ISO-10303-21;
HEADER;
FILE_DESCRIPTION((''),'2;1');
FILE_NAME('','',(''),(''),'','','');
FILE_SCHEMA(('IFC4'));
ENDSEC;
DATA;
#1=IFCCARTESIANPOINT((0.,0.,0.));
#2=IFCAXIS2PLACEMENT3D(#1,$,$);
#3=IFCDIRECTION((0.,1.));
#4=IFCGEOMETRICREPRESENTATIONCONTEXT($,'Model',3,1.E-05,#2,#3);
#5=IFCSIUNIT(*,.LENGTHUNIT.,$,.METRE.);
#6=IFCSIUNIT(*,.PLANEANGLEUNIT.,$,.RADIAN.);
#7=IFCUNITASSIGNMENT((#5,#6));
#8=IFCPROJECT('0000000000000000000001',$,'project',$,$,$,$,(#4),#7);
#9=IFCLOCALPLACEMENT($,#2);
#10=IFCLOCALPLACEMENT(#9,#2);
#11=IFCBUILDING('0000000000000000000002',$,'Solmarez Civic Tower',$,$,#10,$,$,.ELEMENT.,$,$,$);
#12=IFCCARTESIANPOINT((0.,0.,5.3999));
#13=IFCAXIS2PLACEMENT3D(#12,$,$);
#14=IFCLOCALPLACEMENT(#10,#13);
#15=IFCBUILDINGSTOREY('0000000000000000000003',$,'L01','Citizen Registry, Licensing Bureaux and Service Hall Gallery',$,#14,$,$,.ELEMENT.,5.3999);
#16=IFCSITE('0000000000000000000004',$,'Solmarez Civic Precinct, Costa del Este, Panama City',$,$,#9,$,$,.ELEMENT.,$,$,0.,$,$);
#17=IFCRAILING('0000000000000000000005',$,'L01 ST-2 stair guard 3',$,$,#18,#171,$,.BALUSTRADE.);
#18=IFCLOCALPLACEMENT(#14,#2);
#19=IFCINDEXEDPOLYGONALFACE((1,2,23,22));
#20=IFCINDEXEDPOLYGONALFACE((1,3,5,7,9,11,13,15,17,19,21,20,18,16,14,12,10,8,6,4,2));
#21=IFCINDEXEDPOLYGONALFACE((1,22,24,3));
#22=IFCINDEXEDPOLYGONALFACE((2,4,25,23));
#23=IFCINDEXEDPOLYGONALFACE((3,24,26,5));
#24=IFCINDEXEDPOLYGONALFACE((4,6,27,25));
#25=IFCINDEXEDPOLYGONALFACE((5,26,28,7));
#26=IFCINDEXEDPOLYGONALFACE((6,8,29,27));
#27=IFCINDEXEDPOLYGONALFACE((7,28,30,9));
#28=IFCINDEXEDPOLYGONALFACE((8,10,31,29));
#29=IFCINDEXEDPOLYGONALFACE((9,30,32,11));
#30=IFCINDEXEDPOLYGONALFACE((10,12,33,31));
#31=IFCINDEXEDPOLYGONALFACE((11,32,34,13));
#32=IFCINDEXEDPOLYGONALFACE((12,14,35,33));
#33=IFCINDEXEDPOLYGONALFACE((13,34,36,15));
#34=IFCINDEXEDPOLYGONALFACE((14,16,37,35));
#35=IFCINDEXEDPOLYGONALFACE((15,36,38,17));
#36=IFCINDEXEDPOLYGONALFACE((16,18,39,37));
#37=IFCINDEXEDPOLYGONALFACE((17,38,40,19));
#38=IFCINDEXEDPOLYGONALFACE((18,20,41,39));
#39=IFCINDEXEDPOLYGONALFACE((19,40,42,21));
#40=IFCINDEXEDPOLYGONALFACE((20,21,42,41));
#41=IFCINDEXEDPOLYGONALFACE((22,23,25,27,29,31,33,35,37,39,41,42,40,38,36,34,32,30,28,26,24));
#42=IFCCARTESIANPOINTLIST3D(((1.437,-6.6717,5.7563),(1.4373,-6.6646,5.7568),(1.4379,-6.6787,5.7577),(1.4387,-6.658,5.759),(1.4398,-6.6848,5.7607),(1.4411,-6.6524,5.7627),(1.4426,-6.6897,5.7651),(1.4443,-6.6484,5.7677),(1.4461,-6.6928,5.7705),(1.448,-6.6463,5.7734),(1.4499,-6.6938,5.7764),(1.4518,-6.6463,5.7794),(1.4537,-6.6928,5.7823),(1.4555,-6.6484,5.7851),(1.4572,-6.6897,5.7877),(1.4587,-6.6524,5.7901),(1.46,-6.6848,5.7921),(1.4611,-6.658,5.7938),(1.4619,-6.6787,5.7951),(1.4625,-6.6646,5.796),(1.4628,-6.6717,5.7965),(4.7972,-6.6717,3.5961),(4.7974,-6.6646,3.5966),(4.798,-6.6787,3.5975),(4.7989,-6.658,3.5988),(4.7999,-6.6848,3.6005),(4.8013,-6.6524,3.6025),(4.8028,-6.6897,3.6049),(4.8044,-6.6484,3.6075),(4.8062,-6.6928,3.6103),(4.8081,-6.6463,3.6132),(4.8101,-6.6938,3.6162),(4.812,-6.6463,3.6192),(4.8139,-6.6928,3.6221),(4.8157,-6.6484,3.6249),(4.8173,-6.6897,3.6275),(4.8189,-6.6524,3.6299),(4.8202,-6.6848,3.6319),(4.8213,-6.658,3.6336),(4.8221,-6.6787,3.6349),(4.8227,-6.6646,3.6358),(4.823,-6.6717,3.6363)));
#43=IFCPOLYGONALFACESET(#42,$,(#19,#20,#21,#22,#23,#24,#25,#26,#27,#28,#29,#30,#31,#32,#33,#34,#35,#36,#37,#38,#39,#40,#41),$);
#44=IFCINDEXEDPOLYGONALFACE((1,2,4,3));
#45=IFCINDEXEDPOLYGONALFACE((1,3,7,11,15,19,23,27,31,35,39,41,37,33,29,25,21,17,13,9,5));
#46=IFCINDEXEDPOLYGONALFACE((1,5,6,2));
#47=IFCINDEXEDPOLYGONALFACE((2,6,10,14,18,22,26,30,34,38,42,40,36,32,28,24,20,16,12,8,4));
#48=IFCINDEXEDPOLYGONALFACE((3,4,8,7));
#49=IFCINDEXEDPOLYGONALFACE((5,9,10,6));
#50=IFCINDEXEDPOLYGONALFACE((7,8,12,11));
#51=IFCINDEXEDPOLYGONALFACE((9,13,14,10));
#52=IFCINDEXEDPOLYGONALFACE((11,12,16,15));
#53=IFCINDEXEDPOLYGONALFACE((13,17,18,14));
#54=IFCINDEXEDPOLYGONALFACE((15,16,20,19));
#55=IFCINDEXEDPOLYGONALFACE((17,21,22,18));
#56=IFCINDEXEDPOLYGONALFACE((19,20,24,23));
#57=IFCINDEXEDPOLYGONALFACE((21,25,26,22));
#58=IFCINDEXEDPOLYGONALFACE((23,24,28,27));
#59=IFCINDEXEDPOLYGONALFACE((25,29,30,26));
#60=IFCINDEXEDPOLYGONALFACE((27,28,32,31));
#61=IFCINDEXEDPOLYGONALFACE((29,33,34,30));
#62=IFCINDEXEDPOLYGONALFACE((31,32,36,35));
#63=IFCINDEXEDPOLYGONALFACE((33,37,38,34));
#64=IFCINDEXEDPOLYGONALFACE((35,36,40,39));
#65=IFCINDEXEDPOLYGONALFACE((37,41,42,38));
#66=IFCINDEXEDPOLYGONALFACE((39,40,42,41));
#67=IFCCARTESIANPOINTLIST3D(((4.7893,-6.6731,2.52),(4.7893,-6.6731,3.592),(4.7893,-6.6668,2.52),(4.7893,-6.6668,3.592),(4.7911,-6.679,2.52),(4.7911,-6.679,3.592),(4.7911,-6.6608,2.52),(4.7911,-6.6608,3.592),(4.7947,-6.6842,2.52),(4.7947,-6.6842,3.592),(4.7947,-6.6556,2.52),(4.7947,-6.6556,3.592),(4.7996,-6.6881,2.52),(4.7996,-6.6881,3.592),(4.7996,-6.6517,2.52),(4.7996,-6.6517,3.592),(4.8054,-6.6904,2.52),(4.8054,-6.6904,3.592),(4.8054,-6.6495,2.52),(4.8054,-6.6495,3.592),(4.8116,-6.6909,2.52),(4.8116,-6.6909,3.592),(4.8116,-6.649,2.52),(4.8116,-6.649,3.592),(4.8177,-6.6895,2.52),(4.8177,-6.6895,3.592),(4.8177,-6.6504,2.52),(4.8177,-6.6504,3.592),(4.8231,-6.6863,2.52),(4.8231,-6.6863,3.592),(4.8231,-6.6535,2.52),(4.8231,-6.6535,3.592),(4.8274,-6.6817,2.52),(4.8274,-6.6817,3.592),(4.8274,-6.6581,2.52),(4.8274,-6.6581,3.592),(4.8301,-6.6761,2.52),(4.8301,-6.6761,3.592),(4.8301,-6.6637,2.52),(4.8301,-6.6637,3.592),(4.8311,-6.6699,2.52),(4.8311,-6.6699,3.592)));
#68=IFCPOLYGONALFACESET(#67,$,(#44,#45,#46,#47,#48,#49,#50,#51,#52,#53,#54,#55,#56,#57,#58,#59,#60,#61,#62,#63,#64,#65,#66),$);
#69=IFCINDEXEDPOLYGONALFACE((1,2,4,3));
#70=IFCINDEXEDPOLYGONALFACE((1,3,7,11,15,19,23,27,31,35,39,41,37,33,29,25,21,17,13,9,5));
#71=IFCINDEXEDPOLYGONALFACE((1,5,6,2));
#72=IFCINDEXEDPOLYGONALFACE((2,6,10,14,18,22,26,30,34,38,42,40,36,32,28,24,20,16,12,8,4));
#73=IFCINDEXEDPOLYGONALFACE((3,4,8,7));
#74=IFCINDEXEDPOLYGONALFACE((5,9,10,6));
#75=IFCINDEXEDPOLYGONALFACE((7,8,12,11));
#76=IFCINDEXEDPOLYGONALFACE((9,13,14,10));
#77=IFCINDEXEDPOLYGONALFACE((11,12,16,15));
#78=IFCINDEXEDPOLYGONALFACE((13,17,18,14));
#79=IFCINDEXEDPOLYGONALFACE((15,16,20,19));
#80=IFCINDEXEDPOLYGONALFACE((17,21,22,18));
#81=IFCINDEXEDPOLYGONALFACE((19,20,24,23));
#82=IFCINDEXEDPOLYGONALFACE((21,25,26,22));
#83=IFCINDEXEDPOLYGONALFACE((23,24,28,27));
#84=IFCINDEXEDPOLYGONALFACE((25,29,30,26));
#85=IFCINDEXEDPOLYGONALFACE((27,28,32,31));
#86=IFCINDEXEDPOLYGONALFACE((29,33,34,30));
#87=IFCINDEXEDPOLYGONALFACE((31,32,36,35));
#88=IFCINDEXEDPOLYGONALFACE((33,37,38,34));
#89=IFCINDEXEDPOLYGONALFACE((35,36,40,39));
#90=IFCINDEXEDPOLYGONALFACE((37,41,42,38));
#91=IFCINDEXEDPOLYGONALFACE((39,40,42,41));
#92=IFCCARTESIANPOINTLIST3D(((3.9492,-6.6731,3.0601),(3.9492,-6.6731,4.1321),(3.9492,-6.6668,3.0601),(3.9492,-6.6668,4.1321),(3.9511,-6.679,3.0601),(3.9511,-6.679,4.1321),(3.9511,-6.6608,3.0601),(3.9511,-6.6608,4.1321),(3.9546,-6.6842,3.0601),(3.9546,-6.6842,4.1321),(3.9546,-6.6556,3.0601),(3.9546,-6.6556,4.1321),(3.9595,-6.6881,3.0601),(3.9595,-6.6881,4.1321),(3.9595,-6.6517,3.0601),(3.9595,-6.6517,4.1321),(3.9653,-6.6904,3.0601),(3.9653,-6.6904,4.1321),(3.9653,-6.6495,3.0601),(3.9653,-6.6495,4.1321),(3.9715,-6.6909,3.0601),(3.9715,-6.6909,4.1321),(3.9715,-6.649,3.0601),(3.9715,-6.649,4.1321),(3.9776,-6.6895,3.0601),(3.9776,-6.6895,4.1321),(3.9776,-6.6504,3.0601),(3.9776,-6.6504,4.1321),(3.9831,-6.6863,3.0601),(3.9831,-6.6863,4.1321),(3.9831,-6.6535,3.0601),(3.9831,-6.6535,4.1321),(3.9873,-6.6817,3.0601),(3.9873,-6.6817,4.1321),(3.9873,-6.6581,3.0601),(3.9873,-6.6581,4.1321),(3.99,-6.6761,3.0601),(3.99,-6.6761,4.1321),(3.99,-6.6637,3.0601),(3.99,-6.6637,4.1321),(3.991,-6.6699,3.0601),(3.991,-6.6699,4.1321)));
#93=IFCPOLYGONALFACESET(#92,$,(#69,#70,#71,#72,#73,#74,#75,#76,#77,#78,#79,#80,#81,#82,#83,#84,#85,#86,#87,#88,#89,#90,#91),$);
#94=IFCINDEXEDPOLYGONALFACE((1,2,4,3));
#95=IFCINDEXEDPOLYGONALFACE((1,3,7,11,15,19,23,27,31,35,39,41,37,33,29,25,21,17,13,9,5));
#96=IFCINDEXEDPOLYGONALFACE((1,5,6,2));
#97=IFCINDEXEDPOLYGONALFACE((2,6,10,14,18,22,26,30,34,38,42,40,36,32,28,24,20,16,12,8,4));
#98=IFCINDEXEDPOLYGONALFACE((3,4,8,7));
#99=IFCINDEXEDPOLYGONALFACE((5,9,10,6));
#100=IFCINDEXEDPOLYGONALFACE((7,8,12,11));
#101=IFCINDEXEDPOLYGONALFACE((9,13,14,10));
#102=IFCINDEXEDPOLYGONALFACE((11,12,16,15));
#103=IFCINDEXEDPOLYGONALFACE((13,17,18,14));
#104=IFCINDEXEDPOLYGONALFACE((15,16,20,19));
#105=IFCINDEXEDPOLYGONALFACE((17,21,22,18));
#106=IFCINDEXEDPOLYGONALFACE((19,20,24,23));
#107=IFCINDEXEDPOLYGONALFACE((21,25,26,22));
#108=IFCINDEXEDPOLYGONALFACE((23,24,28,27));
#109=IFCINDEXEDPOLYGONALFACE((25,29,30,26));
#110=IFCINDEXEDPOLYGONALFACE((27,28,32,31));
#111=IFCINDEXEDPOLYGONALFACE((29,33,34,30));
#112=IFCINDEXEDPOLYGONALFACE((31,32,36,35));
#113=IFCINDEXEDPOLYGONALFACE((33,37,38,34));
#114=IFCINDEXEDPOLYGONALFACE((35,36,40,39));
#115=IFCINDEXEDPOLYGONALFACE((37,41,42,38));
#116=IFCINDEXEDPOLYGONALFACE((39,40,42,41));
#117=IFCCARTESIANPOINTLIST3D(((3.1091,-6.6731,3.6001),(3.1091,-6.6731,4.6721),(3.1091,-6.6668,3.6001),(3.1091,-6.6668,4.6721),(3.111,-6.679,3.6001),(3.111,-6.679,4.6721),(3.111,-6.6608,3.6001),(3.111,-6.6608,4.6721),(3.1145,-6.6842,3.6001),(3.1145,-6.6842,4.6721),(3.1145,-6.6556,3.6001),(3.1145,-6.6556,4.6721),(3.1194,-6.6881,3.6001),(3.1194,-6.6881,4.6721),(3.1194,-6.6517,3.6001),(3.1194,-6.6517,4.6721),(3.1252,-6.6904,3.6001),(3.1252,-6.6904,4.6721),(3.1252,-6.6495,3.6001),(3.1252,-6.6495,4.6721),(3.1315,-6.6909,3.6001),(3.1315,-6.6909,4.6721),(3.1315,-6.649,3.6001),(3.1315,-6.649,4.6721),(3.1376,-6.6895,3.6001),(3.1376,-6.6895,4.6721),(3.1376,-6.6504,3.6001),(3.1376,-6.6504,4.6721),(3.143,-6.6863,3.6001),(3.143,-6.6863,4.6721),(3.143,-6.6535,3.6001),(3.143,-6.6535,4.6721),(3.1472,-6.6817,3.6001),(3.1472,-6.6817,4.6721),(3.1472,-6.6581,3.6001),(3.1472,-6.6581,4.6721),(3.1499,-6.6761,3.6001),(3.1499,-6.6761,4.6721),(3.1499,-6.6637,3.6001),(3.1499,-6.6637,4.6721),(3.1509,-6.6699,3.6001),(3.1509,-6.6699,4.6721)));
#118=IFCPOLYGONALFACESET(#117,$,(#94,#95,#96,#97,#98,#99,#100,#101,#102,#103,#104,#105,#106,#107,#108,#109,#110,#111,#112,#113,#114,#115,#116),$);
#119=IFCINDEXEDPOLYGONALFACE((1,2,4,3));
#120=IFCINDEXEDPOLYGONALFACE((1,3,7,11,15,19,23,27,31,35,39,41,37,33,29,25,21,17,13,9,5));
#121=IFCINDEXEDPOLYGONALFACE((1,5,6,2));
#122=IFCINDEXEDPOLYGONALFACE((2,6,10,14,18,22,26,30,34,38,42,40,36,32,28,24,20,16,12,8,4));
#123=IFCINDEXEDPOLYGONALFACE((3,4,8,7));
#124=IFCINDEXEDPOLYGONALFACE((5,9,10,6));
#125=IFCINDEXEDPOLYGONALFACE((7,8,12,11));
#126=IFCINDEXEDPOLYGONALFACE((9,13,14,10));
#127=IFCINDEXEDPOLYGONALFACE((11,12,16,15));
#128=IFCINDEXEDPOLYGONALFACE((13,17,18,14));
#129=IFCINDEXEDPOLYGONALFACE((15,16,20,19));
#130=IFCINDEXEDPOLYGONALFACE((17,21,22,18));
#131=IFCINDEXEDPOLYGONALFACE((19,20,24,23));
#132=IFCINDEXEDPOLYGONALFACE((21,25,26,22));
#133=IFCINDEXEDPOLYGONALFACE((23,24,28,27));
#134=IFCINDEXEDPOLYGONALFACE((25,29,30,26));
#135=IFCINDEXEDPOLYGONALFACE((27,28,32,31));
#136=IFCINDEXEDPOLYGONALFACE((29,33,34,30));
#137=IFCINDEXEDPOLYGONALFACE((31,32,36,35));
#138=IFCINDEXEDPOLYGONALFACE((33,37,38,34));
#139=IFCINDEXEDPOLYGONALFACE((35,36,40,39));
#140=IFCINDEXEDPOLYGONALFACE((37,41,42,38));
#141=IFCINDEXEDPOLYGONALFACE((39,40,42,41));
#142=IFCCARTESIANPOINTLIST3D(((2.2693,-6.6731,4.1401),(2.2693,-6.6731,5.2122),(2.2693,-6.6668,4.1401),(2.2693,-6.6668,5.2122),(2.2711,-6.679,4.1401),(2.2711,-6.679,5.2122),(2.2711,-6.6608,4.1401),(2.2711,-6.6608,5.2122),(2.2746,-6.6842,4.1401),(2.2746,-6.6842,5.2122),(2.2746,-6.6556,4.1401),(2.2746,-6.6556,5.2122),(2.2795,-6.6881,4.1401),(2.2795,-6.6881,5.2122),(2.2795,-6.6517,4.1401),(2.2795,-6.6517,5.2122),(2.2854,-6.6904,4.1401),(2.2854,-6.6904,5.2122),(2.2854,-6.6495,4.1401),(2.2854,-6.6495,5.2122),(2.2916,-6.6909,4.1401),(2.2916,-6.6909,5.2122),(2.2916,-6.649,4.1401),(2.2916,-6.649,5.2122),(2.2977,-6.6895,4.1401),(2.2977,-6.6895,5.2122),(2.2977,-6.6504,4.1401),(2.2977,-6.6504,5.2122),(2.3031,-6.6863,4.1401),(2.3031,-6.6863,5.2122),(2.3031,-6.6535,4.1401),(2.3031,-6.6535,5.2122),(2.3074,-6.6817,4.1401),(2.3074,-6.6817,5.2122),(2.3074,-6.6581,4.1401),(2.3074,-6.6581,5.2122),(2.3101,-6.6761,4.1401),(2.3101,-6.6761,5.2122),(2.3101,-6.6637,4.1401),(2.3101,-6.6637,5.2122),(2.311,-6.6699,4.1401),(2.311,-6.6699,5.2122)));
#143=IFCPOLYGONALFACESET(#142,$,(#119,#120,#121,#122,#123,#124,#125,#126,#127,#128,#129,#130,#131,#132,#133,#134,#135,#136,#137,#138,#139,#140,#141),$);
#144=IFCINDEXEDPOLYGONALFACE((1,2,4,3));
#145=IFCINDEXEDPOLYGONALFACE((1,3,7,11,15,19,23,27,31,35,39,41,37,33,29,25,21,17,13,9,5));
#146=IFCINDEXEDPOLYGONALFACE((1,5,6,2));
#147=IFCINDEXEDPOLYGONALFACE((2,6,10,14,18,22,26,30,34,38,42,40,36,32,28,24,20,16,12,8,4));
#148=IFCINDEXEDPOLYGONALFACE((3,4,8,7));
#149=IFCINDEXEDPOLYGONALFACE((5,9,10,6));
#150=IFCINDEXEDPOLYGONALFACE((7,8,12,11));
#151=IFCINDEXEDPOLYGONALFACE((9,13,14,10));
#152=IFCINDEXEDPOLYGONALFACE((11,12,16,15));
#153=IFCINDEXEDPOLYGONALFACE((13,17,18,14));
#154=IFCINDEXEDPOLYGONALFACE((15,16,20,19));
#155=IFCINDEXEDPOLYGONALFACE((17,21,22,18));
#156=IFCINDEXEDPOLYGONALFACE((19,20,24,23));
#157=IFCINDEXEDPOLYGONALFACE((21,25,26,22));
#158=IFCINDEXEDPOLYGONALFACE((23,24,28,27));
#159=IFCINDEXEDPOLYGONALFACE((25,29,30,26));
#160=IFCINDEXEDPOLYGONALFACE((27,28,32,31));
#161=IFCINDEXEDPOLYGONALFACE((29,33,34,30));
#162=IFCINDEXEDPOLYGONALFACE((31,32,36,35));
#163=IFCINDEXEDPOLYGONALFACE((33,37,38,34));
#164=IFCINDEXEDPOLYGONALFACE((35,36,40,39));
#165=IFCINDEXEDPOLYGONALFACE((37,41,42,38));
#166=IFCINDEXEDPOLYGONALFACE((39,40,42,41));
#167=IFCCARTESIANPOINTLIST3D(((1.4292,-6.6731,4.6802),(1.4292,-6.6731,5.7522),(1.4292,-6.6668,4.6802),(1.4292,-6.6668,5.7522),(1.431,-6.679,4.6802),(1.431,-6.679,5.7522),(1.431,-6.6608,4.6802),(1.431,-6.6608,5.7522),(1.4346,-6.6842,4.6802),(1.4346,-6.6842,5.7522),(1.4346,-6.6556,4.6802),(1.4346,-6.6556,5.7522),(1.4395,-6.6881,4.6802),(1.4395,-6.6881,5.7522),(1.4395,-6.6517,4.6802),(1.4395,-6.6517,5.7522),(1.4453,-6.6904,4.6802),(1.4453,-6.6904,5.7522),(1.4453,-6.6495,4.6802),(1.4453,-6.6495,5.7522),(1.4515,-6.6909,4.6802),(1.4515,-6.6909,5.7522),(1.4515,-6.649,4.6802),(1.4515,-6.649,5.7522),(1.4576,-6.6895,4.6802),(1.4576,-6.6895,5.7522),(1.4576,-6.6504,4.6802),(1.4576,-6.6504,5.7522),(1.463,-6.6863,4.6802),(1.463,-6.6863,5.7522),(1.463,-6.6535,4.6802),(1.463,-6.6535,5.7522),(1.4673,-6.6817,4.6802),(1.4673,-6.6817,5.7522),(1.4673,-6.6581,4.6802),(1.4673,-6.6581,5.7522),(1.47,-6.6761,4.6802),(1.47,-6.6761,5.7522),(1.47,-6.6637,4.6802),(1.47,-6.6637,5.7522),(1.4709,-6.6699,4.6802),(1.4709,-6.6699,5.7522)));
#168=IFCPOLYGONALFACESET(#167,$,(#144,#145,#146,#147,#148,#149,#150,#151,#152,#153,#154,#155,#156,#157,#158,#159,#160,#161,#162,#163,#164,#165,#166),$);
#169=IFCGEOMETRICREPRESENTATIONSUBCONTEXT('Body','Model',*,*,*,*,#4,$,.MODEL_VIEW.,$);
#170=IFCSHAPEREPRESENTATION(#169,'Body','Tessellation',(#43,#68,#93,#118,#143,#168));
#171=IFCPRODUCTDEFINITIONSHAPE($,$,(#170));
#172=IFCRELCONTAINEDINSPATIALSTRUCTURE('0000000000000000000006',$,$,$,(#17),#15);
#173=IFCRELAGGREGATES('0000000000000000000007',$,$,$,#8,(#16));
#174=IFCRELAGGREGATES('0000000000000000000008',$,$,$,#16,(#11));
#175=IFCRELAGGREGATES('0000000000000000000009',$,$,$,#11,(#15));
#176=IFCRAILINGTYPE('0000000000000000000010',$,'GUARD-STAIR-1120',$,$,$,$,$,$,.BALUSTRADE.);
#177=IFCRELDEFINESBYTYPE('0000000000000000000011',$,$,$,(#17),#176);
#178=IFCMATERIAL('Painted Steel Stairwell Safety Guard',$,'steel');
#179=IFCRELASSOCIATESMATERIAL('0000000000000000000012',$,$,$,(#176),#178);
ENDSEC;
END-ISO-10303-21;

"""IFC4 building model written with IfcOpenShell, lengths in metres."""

from ifc_helpers import new_model, si_unit, direction, frame, origin, origin_2d, place, context, subcontext, project, spatial, circle, extrude, material, type_object, element, save


model = new_model("IFC4")

# Units and contexts
model_context = context("Model", 3, precision=1e-05, world=origin(), true_north=direction((0.0, 1.0)))
body_context = subcontext(model_context, "Body", "Model", "MODEL_VIEW")
ifc_project = project(units=[si_unit("LENGTHUNIT", "METRE"), si_unit("PLANEANGLEUNIT", "RADIAN")], contexts=[model_context])

# Site, building, storey
site_placement = place(None, origin())
site = spatial("IfcSite", under=ifc_project, at=site_placement, Name="Solmarez Civic Precinct, Costa del Este, Panama City", CompositionType="ELEMENT", RefElevation=0.0)
building_placement = place(site_placement, origin())
building = spatial("IfcBuilding", under=site, at=building_placement, Name="Solmarez Civic Tower", CompositionType="ELEMENT")
storey_placement = place(building_placement, frame((0.0, 0.0, 5.3999)))
storey = spatial("IfcBuildingStorey", under=building, at=storey_placement, Name="L01", Description="Citizen Registry, Licensing Bureaux and Service Hall Gallery", CompositionType="ELEMENT", Elevation=5.3999)

# Railing
ifc_material_1 = material(Name="Painted Steel Stairwell Safety Guard", Category="steel")
railing_type_1 = type_object("IfcRailingType", Name="GUARD-STAIR-1120", PredefinedType="BALUSTRADE", material=ifc_material_1)
railing_1_placement = place(storey_placement, frame((4.8101, -6.6699, 2.52)))
element("IfcRailing", 1, at=railing_1_placement, inside=storey, type_object=railing_type_1, Name="L01 ST-2 stair guard 3", PredefinedType="BALUSTRADE", context=body_context, shape_type="SweptSolid", body=[
    extrude(circle(Radius=0.0239, at=origin_2d()), frame((0.0, 0.0, 1.0962), z_axis=(-0.841169, 0.0, 0.540773), x_axis=(0.0, -1.0, 0.0)), (0.0, 0.0, 1.0), 3.9946),
    extrude(circle(Radius=0.021, at=origin_2d()), origin(), (0.0, 0.0, 1.0), 1.072),
    extrude(circle(Radius=0.021, at=origin_2d()), frame((-0.8401, 0.0, 0.54)), (0.0, 0.0, 1.0), 1.072),
    extrude(circle(Radius=0.021, at=origin_2d()), frame((-1.6802, 0.0, 1.0801)), (0.0, 0.0, 1.0), 1.072),
    extrude(circle(Radius=0.021, at=origin_2d()), frame((-2.52, 0.0, 1.6201)), (0.0, 0.0, 1.0), 1.072),
    extrude(circle(Radius=0.021, at=origin_2d()), frame((-3.3601, 0.0, 2.1602)), (0.0, 0.0, 1.0), 1.072),
])

save(model, "model.ifc")
